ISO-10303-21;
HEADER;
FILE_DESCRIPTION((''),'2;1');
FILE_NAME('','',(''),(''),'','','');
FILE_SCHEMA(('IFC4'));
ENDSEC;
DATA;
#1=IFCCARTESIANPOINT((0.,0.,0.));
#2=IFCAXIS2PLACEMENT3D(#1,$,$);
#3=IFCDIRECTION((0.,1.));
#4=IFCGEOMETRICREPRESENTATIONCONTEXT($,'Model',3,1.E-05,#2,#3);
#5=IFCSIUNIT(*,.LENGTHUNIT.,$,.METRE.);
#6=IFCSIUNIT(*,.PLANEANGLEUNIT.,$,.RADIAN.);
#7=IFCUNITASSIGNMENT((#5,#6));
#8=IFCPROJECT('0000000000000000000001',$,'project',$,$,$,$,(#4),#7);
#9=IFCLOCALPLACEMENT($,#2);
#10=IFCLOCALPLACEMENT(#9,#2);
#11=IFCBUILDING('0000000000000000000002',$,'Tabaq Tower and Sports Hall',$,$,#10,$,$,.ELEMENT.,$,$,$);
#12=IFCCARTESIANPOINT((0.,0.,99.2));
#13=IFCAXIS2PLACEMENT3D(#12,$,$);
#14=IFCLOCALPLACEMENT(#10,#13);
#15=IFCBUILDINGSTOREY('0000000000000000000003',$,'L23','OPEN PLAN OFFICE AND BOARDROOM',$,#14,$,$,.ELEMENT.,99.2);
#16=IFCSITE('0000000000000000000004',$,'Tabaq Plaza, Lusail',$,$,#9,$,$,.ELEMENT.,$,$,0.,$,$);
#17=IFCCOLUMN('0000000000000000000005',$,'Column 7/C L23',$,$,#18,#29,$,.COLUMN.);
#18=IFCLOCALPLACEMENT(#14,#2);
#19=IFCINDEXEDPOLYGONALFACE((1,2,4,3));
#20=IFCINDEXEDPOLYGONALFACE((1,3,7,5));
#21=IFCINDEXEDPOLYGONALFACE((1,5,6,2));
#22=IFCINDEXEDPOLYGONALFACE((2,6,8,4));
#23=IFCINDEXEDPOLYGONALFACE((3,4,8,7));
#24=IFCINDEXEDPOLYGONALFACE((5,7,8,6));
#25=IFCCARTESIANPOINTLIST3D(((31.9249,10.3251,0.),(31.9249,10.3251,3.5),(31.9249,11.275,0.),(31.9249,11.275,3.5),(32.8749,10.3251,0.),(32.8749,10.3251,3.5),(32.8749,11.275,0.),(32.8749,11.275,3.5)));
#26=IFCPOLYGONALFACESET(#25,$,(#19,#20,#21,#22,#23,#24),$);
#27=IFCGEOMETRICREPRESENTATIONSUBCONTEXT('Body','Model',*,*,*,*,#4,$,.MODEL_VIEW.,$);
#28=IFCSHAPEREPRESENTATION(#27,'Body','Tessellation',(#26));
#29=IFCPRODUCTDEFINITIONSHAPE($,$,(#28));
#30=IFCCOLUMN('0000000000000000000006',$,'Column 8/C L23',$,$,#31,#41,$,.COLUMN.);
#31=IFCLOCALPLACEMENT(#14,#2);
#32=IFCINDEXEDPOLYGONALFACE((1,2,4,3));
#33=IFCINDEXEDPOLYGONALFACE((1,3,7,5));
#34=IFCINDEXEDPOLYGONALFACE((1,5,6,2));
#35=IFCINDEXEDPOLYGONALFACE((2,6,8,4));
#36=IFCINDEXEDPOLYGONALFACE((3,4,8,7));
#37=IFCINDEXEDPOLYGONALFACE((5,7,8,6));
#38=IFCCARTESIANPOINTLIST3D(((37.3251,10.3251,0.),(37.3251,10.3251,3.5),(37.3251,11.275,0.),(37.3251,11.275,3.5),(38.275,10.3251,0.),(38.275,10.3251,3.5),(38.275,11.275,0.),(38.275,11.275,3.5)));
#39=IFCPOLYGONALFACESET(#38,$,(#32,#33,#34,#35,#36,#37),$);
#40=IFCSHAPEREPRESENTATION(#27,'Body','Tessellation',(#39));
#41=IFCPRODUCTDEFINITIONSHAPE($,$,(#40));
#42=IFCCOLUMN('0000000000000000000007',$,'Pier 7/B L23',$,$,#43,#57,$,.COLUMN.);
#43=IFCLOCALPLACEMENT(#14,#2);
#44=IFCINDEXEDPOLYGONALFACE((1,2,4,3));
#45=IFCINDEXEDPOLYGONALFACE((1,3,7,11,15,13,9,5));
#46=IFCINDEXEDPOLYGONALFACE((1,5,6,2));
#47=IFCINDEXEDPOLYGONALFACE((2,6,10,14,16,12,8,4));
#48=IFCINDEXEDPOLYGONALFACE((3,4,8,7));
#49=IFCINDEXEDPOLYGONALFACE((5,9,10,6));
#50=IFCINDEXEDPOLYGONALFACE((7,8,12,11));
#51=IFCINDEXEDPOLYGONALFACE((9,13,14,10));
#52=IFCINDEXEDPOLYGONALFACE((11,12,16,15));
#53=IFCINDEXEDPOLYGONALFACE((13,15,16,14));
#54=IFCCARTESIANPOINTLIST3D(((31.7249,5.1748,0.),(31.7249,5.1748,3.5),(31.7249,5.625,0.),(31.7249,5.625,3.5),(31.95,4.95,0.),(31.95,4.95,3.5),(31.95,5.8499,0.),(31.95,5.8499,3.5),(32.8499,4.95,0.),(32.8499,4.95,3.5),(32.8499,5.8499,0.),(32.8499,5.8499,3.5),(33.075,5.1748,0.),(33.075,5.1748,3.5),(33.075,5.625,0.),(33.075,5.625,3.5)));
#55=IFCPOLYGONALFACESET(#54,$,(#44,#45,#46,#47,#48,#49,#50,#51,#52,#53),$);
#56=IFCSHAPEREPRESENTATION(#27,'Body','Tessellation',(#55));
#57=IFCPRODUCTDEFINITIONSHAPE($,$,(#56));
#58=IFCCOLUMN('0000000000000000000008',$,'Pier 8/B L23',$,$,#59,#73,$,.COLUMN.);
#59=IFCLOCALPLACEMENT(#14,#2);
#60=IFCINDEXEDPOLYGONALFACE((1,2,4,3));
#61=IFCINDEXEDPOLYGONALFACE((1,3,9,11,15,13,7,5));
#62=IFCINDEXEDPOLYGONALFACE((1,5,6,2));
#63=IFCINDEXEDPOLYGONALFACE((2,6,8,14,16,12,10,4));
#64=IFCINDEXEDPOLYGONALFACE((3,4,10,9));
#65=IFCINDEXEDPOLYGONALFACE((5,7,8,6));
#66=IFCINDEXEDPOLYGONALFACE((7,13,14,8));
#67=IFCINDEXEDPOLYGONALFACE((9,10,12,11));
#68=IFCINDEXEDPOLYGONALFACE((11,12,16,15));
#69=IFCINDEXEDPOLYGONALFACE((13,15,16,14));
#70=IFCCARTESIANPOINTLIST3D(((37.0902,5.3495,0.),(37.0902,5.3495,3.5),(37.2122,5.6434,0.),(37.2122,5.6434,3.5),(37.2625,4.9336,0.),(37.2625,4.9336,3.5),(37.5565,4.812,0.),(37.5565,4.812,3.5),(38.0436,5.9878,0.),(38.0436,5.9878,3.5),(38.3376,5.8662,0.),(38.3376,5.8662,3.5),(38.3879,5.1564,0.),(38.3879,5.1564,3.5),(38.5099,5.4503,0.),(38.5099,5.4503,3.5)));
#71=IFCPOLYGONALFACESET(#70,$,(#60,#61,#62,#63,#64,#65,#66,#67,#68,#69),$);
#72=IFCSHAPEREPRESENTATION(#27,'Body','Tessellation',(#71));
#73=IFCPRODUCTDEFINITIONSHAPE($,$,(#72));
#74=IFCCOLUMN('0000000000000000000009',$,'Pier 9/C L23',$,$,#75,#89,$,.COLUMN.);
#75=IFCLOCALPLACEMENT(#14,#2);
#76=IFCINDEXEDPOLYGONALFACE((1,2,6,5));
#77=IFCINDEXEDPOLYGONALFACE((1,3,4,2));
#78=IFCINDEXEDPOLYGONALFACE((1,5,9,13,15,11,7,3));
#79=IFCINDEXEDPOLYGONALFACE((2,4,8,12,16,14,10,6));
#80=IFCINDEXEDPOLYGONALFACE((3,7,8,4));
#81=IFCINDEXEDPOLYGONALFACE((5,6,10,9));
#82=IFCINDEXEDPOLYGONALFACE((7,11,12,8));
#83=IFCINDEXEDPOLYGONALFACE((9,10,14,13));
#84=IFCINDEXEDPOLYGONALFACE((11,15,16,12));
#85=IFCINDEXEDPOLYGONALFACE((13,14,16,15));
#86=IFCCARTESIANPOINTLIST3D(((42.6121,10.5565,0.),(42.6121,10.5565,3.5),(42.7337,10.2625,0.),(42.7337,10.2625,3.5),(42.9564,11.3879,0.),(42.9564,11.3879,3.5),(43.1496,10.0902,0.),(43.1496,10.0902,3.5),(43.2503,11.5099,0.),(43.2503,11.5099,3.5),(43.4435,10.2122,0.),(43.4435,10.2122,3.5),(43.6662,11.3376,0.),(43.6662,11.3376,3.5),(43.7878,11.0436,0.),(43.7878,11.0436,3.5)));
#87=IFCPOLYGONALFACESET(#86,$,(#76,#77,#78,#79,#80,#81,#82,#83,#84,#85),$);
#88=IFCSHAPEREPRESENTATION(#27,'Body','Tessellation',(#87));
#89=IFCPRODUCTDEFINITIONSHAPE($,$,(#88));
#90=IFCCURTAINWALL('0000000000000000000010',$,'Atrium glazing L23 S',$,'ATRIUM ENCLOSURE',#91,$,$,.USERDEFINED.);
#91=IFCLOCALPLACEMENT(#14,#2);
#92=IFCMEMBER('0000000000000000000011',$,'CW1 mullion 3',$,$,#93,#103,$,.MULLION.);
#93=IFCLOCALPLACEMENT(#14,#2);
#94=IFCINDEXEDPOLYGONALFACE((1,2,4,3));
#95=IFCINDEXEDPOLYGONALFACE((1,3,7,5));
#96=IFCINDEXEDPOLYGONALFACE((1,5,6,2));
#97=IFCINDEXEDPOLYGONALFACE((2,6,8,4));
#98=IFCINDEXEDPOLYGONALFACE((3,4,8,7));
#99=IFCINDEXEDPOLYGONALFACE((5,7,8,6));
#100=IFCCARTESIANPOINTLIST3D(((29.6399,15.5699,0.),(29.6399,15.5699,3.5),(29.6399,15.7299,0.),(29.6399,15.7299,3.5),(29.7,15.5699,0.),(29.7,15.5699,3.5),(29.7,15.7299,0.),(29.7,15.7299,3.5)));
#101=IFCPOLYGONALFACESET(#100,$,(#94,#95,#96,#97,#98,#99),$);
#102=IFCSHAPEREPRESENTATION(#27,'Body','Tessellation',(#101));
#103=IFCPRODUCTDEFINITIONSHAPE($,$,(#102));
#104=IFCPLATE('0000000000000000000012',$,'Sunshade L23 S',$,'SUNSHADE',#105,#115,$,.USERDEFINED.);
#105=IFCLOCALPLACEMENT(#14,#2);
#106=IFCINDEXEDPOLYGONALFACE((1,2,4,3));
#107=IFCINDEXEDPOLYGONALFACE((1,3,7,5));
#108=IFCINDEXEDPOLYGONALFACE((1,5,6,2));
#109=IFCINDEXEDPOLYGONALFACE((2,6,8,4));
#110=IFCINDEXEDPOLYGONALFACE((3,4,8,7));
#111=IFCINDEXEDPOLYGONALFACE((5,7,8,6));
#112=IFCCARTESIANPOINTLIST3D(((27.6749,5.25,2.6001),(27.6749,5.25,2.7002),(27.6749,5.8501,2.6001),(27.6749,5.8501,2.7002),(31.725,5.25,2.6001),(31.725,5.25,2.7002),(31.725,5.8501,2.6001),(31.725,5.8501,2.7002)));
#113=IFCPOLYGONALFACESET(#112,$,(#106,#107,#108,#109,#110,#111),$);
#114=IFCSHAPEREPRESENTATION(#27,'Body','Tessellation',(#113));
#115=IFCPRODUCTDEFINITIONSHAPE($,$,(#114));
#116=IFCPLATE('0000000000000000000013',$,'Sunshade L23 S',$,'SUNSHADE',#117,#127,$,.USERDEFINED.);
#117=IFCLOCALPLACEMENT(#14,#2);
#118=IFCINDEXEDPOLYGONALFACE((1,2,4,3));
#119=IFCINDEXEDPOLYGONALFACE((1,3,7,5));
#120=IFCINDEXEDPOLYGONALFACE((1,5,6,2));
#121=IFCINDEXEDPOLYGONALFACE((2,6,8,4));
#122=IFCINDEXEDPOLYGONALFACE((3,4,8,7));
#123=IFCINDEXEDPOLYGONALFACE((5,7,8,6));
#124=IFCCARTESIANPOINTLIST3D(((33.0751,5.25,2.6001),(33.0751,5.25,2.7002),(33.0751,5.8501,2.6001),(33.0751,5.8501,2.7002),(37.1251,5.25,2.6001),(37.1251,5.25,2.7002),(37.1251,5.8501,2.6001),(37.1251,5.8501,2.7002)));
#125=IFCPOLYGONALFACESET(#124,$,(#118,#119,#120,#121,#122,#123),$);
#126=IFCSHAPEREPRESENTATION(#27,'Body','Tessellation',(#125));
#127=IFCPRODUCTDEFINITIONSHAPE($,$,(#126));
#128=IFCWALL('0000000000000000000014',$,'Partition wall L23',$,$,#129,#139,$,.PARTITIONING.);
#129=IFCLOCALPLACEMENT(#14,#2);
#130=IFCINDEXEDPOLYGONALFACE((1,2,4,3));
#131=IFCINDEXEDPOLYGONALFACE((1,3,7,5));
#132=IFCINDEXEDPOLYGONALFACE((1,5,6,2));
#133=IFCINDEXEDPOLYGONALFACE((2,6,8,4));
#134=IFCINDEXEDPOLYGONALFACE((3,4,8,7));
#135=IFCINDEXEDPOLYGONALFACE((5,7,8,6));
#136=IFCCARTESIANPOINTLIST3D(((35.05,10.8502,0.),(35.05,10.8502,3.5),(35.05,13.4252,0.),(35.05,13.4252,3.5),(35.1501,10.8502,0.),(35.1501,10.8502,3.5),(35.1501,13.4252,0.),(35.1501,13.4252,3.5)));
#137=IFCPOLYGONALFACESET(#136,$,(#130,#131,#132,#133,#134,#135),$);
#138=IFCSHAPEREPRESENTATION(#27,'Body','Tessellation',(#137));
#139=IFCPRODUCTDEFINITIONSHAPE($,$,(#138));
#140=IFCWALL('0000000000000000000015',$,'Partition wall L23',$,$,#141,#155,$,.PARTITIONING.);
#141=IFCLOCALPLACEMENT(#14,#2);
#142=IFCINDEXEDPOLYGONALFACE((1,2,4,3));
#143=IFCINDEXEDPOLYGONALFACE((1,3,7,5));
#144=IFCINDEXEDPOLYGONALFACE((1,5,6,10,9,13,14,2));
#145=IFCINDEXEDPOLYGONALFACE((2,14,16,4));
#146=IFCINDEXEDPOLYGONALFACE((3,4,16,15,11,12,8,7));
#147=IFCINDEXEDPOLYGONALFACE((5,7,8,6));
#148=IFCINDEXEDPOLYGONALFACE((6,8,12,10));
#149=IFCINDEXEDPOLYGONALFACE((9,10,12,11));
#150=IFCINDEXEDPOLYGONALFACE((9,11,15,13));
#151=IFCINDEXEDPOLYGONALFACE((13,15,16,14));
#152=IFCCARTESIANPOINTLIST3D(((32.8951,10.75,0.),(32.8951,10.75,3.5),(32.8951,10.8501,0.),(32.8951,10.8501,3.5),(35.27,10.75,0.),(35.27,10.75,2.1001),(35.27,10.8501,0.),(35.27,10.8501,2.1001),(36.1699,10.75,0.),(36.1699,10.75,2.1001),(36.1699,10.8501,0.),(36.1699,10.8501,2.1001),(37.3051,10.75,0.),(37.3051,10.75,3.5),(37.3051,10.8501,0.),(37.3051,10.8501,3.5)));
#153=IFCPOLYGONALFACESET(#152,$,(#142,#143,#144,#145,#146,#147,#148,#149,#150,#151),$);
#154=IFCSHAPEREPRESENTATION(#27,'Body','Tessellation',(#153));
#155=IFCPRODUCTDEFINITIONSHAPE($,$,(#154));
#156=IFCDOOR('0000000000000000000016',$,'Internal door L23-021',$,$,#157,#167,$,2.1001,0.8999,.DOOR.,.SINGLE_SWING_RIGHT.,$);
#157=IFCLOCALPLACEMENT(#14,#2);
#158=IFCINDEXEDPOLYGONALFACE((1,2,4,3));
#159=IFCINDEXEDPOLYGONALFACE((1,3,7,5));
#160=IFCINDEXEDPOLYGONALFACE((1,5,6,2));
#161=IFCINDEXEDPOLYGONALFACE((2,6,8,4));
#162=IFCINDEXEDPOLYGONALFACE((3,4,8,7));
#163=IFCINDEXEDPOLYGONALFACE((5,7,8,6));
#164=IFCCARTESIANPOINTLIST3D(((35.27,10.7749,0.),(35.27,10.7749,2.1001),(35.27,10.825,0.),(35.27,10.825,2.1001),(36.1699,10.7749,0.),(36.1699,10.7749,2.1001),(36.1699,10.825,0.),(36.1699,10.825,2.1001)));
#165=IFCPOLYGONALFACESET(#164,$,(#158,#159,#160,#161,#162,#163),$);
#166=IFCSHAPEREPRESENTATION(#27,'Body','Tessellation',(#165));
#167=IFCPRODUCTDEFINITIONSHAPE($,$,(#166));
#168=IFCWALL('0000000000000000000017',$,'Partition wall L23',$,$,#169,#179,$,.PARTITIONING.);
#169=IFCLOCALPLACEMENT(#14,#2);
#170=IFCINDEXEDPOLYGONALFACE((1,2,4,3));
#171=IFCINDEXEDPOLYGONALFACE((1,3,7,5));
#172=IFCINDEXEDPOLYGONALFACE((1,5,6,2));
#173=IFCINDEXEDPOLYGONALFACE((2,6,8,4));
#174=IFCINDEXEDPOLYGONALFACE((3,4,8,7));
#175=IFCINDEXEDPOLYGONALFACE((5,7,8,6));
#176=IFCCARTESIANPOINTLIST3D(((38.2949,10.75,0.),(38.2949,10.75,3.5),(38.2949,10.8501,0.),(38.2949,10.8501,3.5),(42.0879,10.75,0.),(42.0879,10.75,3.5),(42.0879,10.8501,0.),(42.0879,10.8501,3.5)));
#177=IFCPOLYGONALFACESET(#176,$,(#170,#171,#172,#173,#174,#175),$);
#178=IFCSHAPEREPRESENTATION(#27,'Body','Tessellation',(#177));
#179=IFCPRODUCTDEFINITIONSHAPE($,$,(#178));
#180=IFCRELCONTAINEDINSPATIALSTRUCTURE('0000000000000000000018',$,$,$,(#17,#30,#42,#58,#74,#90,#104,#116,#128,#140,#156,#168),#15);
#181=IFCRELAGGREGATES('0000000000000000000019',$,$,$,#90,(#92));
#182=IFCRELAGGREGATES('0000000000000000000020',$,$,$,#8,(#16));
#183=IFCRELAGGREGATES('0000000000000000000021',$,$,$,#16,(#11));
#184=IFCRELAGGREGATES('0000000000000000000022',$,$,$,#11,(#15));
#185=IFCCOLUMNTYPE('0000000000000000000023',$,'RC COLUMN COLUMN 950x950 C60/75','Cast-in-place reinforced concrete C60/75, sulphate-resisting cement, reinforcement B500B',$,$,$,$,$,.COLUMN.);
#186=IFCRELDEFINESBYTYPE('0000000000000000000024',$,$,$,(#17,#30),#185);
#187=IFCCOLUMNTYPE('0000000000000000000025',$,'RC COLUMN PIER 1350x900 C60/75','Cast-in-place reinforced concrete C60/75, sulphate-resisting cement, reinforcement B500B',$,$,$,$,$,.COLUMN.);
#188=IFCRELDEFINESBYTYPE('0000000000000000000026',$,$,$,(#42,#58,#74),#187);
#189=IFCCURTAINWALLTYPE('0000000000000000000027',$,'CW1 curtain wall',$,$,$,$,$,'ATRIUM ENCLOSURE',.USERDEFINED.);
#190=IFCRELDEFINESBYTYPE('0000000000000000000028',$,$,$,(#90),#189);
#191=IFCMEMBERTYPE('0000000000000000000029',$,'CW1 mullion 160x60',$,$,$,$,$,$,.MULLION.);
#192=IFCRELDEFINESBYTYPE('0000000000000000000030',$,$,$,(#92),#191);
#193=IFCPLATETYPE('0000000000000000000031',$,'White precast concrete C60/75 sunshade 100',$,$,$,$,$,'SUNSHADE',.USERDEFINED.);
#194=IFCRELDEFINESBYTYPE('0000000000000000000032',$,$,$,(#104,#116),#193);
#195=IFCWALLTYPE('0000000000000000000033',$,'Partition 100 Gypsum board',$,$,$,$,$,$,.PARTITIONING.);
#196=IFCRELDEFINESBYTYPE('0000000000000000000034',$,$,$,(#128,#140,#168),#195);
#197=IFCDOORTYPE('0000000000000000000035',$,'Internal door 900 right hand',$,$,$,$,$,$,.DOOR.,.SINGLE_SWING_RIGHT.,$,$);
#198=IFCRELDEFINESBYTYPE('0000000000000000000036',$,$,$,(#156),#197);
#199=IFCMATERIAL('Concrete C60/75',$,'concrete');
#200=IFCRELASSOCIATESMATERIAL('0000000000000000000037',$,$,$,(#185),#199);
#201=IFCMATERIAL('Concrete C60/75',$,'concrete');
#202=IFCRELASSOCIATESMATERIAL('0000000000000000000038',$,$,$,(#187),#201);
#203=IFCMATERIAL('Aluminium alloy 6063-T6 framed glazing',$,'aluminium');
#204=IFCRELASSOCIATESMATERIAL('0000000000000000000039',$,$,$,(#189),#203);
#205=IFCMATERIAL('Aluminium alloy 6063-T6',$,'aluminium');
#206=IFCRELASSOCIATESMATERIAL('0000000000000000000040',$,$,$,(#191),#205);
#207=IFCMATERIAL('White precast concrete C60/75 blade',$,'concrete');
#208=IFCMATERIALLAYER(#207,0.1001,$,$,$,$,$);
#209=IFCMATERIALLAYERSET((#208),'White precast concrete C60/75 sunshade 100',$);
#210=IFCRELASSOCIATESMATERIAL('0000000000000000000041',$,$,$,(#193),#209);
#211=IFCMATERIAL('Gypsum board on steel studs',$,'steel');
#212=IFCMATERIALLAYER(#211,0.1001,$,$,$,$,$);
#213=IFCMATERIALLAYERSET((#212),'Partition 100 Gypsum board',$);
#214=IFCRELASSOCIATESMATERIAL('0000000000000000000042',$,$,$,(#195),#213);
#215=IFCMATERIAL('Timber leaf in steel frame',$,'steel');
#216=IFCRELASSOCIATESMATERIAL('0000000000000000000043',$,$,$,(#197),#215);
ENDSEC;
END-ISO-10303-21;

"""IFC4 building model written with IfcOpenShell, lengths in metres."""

from ifc_helpers import new_model, si_unit, direction, frame, frame_2d, origin, origin_2d, place, context, subcontext, project, spatial, polyline, rectangle, outline, extrude, material, layer, layer_set, material_profile, profile_set, type_object, element, fill, aggregate, save


model = new_model("IFC4")

# Units and contexts
model_context = context("Model", 3, precision=1e-05, world=origin(), true_north=direction((0.0, 1.0)))
body_context = subcontext(model_context, "Body", "Model", "MODEL_VIEW")
ifc_project = project(units=[si_unit("LENGTHUNIT", "METRE"), si_unit("PLANEANGLEUNIT", "RADIAN")], contexts=[model_context])

# Site, building, storey
site_placement = place(None, origin())
site = spatial("IfcSite", under=ifc_project, at=site_placement, Name="Tabaq Plaza, Lusail", CompositionType="ELEMENT", RefElevation=0.0)
building_placement = place(site_placement, origin())
building = spatial("IfcBuilding", under=site, at=building_placement, Name="Tabaq Tower and Sports Hall", CompositionType="ELEMENT")
storey_placement = place(building_placement, frame((0.0, 0.0, 99.2)))
storey = spatial("IfcBuildingStorey", under=building, at=storey_placement, Name="L23", Description="OPEN PLAN OFFICE AND BOARDROOM", CompositionType="ELEMENT", Elevation=99.2)

# Columns
ifc_material_1 = material(Name="Concrete C60/75", Category="concrete")
ifc_material_profile_1 = material_profile(ifc_material_1, rectangle(XDim=0.95, YDim=0.95, at=origin_2d()), Name="COLUMN 950x950")
ifc_profile_set_1 = profile_set([ifc_material_profile_1], Name="Concrete C60/75")
column_type_1 = type_object("IfcColumnType", Name="RC COLUMN COLUMN 950x950 C60/75", Description="Cast-in-place reinforced concrete C60/75, sulphate-resisting cement, reinforcement B500B", PredefinedType="COLUMN", material=ifc_profile_set_1)
for number, where, z_axis, x_axis, name in (
    (1, (32.3999, 10.8, 0.0), (0.0, 0.0, 1.0), (1.0, 0.0, 0.0), "Column 7/C L23"),
    (2, (37.8, 10.8, 0.0), (0.0, 0.0, 1.0), (1.0, 0.0, 0.0), "Column 8/C L23"),
):
    element("IfcColumn", number, at=place(storey_placement, frame(where, z_axis=z_axis, x_axis=x_axis)), inside=storey, type_object=column_type_1, Name=name, PredefinedType="COLUMN", context=body_context, shape_type="SweptSolid", body=[
        extrude(rectangle(XDim=0.95, YDim=0.95, at=origin_2d()), origin(), (0.0, 0.0, 1.0), 3.5),
    ])
ifc_material_2 = material(Name="Concrete C60/75", Category="concrete")
ifc_material_profile_2 = material_profile(ifc_material_2, outline(polyline([(-0.45, -0.45), (0.45, -0.45), (0.675, -0.2251), (0.675, 0.2251), (0.45, 0.45), (-0.45, 0.45), (-0.675, 0.2251), (-0.675, -0.2251), (-0.45, -0.45)])), Name="PIER 1350x900")
ifc_profile_set_2 = profile_set([ifc_material_profile_2], Name="Concrete C60/75")
column_type_2 = type_object("IfcColumnType", Name="RC COLUMN PIER 1350x900 C60/75", Description="Cast-in-place reinforced concrete C60/75, sulphate-resisting cement, reinforcement B500B", PredefinedType="COLUMN", material=ifc_profile_set_2)
for number, where, z_axis, x_axis, name in (
    (3, (32.3999, 5.3999, 0.0), (0.0, 0.0, 1.0), (1.0, 0.0, 0.0), "Pier 7/B L23"),
    (4, (37.8, 5.3999, 0.0), (0.0, 0.0, 1.0), (0.92388, 0.382683, 0.0), "Pier 8/B L23"),
    (5, (43.2, 10.8, 0.0), (0.0, 0.0, 1.0), (0.382683, 0.92388, 0.0), "Pier 9/C L23"),
):
    element("IfcColumn", number, at=place(storey_placement, frame(where, z_axis=z_axis, x_axis=x_axis)), inside=storey, type_object=column_type_2, Name=name, PredefinedType="COLUMN", context=body_context, shape_type="SweptSolid", body=[
        extrude(outline(polyline([(-0.45, -0.45), (0.45, -0.45), (0.675, -0.2251), (0.675, 0.2251), (0.45, 0.45), (-0.45, 0.45), (-0.675, 0.2251), (-0.675, -0.2251), (-0.45, -0.45)])), origin(), (0.0, 0.0, 1.0), 3.5),
    ])

# Curtain wall, member
ifc_material_3 = material(Name="Aluminium alloy 6063-T6 framed glazing", Category="aluminium")
curtain_wall_type = type_object("IfcCurtainWallType", Name="CW1 curtain wall", ElementType="ATRIUM ENCLOSURE", PredefinedType="USERDEFINED", material=ifc_material_3)
curtain_wall_placement = place(storey_placement, origin())
curtain_wall = element("IfcCurtainWall", 6, at=curtain_wall_placement, inside=storey, type_object=curtain_wall_type, Name="Atrium glazing L23 S", ObjectType="ATRIUM ENCLOSURE", PredefinedType="USERDEFINED")
ifc_material_4 = material(Name="Aluminium alloy 6063-T6", Category="aluminium")
ifc_material_profile_3 = material_profile(ifc_material_4, rectangle(XDim=0.1599, YDim=0.0601, at=origin_2d()), Name="MULLION 160x60")
ifc_profile_set_3 = profile_set([ifc_material_profile_3], Name="Aluminium alloy 6063-T6")
member_type = type_object("IfcMemberType", Name="CW1 mullion 160x60", PredefinedType="MULLION", material=ifc_profile_set_3)
member_placement = place(storey_placement, frame((29.6699, 15.6499, 0.0), z_axis=(0.0, 0.0, 1.0), x_axis=(0.0, 1.0, 0.0)))
member = element("IfcMember", 7, at=member_placement, type_object=member_type, Name="CW1 mullion 3", PredefinedType="MULLION", context=body_context, shape_type="SweptSolid", body=[
    extrude(rectangle(XDim=0.1599, YDim=0.0601, at=origin_2d()), origin(), (0.0, 0.0, 1.0), 3.5),
])
aggregate(curtain_wall, [member])

# Plates
ifc_material_5 = material(Name="White precast concrete C60/75 blade", Category="concrete")
ifc_layer_1 = layer(ifc_material_5, 0.1001)
ifc_layer_set_1 = layer_set([ifc_layer_1], Name="White precast concrete C60/75 sunshade 100")
plate_type = type_object("IfcPlateType", Name="White precast concrete C60/75 sunshade 100", ElementType="SUNSHADE", PredefinedType="USERDEFINED", material=ifc_layer_set_1)
for number, where, z_axis, x_axis, name in (
    (8, (29.7, 5.55, 2.6001), (0.0, 0.0, 1.0), (1.0, 0.0, 0.0), "Sunshade L23 S"),
    (9, (35.1001, 5.55, 2.6001), (0.0, 0.0, 1.0), (1.0, 0.0, 0.0), "Sunshade L23 S"),
):
    element("IfcPlate", number, at=place(storey_placement, frame(where, z_axis=z_axis, x_axis=x_axis)), inside=storey, type_object=plate_type, Name=name, ObjectType="SUNSHADE", PredefinedType="USERDEFINED", context=body_context, shape_type="SweptSolid", body=[
        extrude(rectangle(XDim=4.05, YDim=0.6001, at=origin_2d()), origin(), (0.0, 0.0, 1.0), 0.1001),
    ])

# Wall
ifc_material_6 = material(Name="Gypsum board on steel studs", Category="steel")
ifc_layer_2 = layer(ifc_material_6, 0.1001)
ifc_layer_set_2 = layer_set([ifc_layer_2], Name="Partition 100 Gypsum board")
wall_type_1 = type_object("IfcWallType", Name="Partition 100 Gypsum board", PredefinedType="PARTITIONING", material=ifc_layer_set_2)
wall_1_placement = place(storey_placement, frame((35.1001, 10.8501, 0.0), z_axis=(0.0, 0.0, 1.0), x_axis=(0.0, 1.0, 0.0)))
element("IfcWall", 10, at=wall_1_placement, inside=storey, type_object=wall_type_1, Name="Partition wall L23", PredefinedType="PARTITIONING", context=body_context, shape_type="SweptSolid", body=[
    extrude(rectangle(XDim=2.575, YDim=0.1001, at=frame_2d((1.2876, 0.0))), origin(), (0.0, 0.0, 1.0), 3.5),
])

# Wall, opening, door
wall_2_placement = place(storey_placement, frame((32.895, 10.8, 0.0), z_axis=(0.0, 0.0, 1.0), x_axis=(1.0, 0.0, 0.0)))
wall_2 = element("IfcWall", 11, at=wall_2_placement, inside=storey, type_object=wall_type_1, Name="Partition wall L23", PredefinedType="PARTITIONING", context=body_context, shape_type="SweptSolid", body=[
    extrude(rectangle(XDim=4.4099, YDim=0.1001, at=frame_2d((2.2051, 0.0))), origin(), (0.0, 0.0, 1.0), 3.5),
])
opening_1_placement = place(wall_2_placement, frame((2.375, 0.0, 0.0)))
opening_1 = element("IfcOpeningElement", 12, at=opening_1_placement, cuts=wall_2, PredefinedType="OPENING", context=body_context, shape_type="SweptSolid", body=[
    extrude(rectangle(XDim=0.8999, YDim=2.1001, at=frame_2d((0.45, 1.05))), frame((0.0, 0.05, 0.0), z_axis=(0.0, -1.0, 0.0), x_axis=(1.0, 0.0, 0.0)), (0.0, 0.0, 1.0), 0.1001),
])
ifc_material_7 = material(Name="Timber leaf in steel frame", Category="steel")
door_type_1 = type_object("IfcDoorType", Name="Internal door 900 right hand", OperationType="SINGLE_SWING_RIGHT", PredefinedType="DOOR", material=ifc_material_7)
door_1_placement = place(opening_1_placement, origin())
door_1 = element("IfcDoor", 13, at=door_1_placement, inside=storey, type_object=door_type_1, Name="Internal door L23-021", OperationType="SINGLE_SWING_RIGHT", OverallHeight=2.1001, OverallWidth=0.8999, PredefinedType="DOOR", context=body_context, shape_type="SweptSolid", body=[
    extrude(rectangle(XDim=0.8999, YDim=2.1001, at=frame_2d((0.45, 1.05))), frame((0.0, 0.0249, 0.0), z_axis=(0.0, -1.0, 0.0), x_axis=(1.0, 0.0, 0.0)), (0.0, 0.0, 1.0), 0.05),
])
fill(opening_1, door_1)

# Wall
wall_3_placement = place(storey_placement, frame((38.2949, 10.8, 0.0), z_axis=(0.0, 0.0, 1.0), x_axis=(1.0, 0.0, 0.0)))
element("IfcWall", 14, at=wall_3_placement, inside=storey, type_object=wall_type_1, Name="Partition wall L23", PredefinedType="PARTITIONING", context=body_context, shape_type="SweptSolid", body=[
    extrude(rectangle(XDim=3.793, YDim=0.1001, at=frame_2d((1.8965, 0.0))), origin(), (0.0, 0.0, 1.0), 3.5),
])

save(model, "model.ifc")
